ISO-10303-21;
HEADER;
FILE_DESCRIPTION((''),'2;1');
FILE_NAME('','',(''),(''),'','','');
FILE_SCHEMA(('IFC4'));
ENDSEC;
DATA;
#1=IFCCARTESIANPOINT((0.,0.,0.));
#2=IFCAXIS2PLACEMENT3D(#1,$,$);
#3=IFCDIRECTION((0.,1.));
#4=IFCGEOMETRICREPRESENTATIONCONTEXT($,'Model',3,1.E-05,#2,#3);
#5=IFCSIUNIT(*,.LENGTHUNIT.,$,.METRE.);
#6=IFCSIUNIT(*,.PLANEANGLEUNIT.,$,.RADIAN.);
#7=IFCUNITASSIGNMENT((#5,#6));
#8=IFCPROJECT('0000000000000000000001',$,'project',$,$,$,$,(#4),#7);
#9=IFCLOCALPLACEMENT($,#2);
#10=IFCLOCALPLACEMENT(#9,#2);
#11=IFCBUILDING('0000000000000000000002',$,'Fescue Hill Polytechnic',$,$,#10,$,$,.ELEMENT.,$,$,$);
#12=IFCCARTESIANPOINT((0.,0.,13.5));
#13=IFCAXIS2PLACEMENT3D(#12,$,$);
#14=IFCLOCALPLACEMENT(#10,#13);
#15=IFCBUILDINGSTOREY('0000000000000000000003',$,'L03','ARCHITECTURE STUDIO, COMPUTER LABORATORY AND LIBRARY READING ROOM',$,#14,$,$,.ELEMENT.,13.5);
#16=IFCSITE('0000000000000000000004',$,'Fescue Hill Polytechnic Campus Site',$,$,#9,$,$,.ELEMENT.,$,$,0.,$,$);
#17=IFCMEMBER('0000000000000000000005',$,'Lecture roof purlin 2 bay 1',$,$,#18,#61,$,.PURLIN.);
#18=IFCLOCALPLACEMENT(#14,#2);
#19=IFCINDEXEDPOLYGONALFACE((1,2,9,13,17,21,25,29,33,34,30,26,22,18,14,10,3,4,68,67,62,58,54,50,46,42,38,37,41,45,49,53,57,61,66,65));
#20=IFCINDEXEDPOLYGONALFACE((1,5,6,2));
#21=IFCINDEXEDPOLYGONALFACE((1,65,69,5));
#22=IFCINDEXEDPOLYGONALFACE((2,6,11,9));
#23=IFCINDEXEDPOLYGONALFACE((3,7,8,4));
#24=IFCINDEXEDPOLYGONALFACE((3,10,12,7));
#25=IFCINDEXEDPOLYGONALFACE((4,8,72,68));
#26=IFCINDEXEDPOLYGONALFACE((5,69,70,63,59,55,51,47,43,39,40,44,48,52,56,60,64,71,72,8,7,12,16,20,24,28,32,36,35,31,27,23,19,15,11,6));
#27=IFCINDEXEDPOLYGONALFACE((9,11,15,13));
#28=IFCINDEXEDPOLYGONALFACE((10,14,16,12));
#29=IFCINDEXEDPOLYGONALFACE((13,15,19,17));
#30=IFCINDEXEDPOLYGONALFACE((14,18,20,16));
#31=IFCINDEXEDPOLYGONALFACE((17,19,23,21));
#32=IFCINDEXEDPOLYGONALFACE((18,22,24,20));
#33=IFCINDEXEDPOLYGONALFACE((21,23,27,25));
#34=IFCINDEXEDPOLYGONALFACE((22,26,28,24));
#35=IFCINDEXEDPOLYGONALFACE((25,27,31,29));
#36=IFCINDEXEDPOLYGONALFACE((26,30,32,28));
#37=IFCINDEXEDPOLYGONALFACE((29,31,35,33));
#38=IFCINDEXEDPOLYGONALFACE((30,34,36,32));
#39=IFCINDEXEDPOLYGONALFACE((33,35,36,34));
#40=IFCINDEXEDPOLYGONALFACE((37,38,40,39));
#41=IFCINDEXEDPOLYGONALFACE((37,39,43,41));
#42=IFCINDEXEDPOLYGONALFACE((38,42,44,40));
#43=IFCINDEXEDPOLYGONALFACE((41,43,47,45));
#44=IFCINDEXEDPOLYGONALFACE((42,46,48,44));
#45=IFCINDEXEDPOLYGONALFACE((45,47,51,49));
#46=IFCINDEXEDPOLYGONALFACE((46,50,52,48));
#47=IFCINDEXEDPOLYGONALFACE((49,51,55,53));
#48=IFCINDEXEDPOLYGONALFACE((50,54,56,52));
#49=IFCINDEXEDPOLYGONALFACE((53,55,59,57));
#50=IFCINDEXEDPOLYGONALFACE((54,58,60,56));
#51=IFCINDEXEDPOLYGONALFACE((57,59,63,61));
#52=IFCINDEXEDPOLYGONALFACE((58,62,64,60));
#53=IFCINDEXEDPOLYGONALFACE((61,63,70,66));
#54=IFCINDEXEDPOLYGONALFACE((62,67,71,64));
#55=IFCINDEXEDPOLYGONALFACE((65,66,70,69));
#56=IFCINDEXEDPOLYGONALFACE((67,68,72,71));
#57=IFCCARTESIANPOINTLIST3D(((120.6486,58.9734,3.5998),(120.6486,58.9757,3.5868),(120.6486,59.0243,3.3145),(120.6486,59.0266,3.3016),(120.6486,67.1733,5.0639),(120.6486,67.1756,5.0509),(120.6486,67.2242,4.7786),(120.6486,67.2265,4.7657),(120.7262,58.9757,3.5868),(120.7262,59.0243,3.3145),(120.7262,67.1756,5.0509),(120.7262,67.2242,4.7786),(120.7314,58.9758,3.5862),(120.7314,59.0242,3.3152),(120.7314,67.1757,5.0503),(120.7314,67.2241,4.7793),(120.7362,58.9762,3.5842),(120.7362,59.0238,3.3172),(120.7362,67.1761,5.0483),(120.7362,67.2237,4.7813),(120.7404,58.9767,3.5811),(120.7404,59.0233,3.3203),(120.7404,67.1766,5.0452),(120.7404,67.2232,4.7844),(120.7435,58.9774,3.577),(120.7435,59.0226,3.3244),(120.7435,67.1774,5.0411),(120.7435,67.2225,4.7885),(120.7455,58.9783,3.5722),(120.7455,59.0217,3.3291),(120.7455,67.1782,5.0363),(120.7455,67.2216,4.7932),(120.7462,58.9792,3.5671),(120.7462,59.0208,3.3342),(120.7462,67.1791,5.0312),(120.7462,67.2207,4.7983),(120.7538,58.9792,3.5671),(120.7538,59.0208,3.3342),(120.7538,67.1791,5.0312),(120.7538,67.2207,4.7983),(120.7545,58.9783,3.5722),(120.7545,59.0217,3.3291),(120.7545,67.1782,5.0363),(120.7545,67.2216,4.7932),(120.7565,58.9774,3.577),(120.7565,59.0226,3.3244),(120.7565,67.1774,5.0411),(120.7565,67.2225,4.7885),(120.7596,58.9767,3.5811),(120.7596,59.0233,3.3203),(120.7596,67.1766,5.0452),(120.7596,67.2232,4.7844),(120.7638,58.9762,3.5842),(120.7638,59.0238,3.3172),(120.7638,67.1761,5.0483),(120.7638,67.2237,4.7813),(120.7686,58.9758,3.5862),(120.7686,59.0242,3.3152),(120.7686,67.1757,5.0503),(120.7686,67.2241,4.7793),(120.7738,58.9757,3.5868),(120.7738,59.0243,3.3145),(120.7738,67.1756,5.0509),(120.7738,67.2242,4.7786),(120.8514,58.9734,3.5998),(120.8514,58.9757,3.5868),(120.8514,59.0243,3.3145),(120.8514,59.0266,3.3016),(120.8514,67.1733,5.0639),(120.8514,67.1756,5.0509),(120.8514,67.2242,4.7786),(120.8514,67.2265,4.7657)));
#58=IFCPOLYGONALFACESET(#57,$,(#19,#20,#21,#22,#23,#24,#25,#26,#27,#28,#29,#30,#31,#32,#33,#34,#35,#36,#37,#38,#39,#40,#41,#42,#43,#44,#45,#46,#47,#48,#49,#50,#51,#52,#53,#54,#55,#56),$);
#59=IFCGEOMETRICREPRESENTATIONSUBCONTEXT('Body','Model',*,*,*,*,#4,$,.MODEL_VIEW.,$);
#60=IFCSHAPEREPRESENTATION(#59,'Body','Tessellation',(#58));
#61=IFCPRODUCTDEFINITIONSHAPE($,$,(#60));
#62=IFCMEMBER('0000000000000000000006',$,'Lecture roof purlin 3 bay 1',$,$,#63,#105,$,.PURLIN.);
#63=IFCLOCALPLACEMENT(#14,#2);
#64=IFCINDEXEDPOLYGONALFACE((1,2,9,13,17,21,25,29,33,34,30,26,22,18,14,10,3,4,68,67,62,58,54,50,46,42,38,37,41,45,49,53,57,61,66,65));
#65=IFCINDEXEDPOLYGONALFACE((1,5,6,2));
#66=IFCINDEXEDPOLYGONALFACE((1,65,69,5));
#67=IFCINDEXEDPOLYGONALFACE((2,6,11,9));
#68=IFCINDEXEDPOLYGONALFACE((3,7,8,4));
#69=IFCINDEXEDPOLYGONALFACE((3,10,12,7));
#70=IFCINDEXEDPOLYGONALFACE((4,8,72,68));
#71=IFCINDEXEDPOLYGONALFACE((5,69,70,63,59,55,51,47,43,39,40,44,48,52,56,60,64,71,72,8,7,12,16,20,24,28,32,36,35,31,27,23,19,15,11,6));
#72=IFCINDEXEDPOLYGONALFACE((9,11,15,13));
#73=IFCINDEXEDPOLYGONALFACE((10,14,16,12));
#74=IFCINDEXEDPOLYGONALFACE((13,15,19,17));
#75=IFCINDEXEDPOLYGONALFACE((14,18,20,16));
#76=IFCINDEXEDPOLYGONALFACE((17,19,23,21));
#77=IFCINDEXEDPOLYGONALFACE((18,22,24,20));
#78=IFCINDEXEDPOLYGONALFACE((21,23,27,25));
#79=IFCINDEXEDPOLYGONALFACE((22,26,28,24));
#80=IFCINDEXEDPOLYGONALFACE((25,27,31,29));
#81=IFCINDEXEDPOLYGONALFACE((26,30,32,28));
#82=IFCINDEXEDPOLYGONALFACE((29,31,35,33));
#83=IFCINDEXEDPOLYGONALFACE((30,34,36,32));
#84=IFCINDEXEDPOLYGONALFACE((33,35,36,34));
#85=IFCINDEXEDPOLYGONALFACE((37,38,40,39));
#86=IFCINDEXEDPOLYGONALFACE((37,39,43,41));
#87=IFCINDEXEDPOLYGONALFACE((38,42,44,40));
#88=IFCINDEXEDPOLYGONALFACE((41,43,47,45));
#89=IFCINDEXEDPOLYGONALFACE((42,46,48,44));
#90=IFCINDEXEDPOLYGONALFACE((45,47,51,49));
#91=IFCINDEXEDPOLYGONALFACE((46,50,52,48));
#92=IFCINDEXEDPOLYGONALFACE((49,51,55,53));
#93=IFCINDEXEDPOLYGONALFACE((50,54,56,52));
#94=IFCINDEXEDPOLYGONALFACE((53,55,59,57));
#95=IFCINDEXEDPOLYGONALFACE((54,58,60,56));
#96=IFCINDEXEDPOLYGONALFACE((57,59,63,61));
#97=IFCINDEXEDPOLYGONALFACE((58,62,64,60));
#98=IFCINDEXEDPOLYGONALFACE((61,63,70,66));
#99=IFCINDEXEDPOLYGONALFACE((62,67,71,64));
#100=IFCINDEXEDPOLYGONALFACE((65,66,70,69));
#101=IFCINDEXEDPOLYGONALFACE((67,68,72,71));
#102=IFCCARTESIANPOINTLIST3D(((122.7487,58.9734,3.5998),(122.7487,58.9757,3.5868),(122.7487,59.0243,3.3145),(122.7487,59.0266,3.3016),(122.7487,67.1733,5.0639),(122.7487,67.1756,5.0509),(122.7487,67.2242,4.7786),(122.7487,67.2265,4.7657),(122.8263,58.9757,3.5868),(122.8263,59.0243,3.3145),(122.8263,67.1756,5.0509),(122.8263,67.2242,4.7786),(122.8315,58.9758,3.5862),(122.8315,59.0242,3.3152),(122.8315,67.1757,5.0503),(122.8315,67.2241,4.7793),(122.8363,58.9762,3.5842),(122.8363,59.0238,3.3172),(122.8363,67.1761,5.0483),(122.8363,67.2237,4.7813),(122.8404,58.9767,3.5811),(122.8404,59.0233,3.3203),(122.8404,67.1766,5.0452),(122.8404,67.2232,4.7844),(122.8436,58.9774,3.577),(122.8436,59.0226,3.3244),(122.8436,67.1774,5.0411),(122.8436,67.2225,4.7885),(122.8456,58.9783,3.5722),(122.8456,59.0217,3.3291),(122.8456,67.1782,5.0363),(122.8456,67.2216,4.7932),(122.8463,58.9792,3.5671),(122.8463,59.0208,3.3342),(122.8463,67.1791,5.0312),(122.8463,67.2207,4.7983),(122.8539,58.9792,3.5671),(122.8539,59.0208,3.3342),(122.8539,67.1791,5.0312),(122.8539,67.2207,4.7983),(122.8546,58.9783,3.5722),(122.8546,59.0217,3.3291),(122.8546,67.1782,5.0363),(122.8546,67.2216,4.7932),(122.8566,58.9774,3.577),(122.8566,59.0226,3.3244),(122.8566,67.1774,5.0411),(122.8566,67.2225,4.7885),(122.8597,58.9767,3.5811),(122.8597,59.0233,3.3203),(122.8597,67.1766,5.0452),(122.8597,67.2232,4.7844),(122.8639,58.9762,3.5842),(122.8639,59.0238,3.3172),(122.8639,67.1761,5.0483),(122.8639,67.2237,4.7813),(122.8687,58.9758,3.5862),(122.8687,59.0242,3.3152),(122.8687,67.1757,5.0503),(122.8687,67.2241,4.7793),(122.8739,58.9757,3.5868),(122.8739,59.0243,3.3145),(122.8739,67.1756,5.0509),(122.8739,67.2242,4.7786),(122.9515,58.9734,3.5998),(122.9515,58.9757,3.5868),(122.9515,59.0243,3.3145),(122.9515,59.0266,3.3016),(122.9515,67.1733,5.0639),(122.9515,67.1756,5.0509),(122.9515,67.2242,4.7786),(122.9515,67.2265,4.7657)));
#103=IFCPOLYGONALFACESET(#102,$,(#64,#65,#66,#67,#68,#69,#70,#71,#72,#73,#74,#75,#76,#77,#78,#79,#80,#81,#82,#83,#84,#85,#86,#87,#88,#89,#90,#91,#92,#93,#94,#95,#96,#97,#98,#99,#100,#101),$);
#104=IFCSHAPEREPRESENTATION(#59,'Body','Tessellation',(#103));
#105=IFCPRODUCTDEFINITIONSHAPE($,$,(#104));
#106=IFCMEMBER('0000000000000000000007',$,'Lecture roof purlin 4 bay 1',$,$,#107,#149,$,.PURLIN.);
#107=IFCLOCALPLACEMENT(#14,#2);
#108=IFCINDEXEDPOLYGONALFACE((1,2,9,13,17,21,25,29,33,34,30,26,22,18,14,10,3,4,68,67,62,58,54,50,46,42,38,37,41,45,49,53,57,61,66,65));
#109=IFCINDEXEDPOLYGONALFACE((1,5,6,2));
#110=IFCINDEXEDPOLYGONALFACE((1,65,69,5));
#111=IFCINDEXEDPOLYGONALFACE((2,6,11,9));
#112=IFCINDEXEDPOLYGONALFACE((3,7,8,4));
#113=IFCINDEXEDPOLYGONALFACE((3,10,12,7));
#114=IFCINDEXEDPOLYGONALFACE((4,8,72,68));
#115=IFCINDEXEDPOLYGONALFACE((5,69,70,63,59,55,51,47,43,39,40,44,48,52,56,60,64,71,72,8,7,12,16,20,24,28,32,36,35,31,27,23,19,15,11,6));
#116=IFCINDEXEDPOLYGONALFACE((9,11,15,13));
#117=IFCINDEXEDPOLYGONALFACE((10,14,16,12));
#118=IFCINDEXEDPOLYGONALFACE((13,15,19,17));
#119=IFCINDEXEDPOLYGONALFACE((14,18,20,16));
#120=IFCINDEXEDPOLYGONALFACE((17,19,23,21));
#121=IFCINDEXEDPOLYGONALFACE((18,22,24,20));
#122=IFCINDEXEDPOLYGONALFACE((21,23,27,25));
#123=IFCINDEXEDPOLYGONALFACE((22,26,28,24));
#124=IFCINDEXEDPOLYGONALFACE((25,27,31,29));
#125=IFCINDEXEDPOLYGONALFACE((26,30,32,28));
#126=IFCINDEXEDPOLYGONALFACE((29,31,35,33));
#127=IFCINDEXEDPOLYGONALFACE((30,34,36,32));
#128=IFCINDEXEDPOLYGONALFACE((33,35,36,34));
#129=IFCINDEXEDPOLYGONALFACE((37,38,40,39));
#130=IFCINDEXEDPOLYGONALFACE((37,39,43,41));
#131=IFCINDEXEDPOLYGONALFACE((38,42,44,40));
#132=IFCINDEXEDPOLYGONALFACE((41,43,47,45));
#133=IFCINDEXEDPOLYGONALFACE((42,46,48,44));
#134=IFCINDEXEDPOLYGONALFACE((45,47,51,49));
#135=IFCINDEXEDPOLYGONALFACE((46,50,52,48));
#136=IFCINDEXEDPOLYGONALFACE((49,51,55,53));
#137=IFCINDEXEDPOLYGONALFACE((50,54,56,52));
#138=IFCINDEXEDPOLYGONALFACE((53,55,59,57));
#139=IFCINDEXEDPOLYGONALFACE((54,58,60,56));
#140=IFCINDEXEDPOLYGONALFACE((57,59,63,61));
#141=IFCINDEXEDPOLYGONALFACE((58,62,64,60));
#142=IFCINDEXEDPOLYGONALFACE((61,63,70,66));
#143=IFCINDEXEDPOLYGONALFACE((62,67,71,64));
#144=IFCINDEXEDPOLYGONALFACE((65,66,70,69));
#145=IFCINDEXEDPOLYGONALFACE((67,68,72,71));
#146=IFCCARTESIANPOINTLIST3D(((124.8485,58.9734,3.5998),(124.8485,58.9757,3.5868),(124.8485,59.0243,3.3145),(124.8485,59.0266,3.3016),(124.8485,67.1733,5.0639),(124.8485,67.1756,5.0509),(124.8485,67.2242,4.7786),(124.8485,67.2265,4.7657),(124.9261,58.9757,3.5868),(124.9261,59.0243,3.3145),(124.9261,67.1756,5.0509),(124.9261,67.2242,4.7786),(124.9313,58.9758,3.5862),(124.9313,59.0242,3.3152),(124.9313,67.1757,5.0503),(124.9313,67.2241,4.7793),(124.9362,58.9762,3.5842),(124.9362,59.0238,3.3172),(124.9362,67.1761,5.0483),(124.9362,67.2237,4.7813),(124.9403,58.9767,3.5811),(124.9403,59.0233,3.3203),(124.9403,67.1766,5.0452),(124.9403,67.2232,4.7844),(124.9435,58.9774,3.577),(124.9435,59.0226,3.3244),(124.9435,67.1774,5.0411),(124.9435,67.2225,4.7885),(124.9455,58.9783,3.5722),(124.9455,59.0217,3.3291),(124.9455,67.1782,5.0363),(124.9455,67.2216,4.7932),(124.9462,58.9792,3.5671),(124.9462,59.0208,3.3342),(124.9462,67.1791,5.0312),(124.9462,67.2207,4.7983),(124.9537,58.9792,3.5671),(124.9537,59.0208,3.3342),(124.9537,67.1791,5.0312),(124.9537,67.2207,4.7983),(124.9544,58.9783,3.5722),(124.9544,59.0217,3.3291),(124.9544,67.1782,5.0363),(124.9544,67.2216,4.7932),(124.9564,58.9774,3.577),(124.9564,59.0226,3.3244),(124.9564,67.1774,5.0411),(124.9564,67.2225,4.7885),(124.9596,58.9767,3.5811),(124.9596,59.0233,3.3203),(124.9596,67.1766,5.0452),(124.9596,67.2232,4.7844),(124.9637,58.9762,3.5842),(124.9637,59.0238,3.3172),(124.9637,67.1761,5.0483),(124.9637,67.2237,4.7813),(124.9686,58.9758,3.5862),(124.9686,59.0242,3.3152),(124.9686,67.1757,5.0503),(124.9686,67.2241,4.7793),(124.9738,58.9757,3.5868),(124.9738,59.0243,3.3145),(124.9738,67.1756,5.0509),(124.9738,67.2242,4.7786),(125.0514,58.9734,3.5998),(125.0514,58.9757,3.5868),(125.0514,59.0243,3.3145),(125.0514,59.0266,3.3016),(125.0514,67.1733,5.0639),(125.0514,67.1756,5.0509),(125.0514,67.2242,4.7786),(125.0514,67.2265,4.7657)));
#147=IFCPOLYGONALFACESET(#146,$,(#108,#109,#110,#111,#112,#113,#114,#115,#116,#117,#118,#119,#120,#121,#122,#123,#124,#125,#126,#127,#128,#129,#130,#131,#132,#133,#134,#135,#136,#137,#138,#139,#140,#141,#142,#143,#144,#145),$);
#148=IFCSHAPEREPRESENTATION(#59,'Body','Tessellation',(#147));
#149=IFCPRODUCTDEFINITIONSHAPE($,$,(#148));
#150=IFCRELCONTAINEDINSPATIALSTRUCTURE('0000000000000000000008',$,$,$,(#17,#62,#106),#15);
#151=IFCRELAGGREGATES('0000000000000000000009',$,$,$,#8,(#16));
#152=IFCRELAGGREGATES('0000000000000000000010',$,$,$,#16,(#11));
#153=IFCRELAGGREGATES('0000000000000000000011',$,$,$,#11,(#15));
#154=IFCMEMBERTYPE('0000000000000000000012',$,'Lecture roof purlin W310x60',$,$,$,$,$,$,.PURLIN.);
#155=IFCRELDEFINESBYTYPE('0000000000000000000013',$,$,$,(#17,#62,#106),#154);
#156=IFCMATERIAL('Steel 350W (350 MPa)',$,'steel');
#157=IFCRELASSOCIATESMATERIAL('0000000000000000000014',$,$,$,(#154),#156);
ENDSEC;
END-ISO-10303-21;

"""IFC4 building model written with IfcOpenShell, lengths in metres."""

from ifc_helpers import new_model, si_unit, direction, frame, origin, origin_2d, place, context, subcontext, project, spatial, i_section, extrude, material, material_profile, profile_set, type_object, element, save


model = new_model("IFC4")

# Units and contexts
model_context = context("Model", 3, precision=1e-05, world=origin(), true_north=direction((0.0, 1.0)))
body_context = subcontext(model_context, "Body", "Model", "MODEL_VIEW")
ifc_project = project(units=[si_unit("LENGTHUNIT", "METRE"), si_unit("PLANEANGLEUNIT", "RADIAN")], contexts=[model_context])

# Site, building, storey
site_placement = place(None, origin())
site = spatial("IfcSite", under=ifc_project, at=site_placement, Name="Fescue Hill Polytechnic Campus Site", CompositionType="ELEMENT", RefElevation=0.0)
building_placement = place(site_placement, origin())
building = spatial("IfcBuilding", under=site, at=building_placement, Name="Fescue Hill Polytechnic", CompositionType="ELEMENT")
storey_placement = place(building_placement, frame((0.0, 0.0, 13.5)))
storey = spatial("IfcBuildingStorey", under=building, at=storey_placement, Name="L03", Description="ARCHITECTURE STUDIO, COMPUTER LABORATORY AND LIBRARY READING ROOM", CompositionType="ELEMENT", Elevation=13.5)

# Shared definitions
ifc_material_1 = material(Name="Steel 350W (350 MPa)", Category="steel")

# Members
ifc_material_profile_1 = material_profile(ifc_material_1, i_section(OverallWidth=0.2029, OverallDepth=0.303, WebThickness=0.0076, FlangeThickness=0.0132, FilletRadius=0.02, at=origin_2d()), Name="W310x60")
ifc_profile_set_1 = profile_set([ifc_material_profile_1], Name="Steel 350W (350 MPa)")
member_type_1 = type_object("IfcMemberType", Name="Lecture roof purlin W310x60", PredefinedType="PURLIN", material=ifc_profile_set_1)
for number, where, z_axis, x_axis, name in (
    (1, (120.75, 59.0, 3.4507), (0.0, 0.984431, 0.175771), (-1.0, 0.0, 0.0), "Lecture roof purlin 2 bay 1"),
    (2, (122.8501, 59.0, 3.4507), (0.0, 0.984431, 0.175771), (-1.0, 0.0, 0.0), "Lecture roof purlin 3 bay 1"),
    (3, (124.95, 59.0, 3.4507), (0.0, 0.984431, 0.175771), (-1.0, 0.0, 0.0), "Lecture roof purlin 4 bay 1"),
):
    element("IfcMember", number, at=place(storey_placement, frame(where, z_axis=z_axis, x_axis=x_axis)), inside=storey, type_object=member_type_1, Name=name, PredefinedType="PURLIN", context=body_context, shape_type="SweptSolid", body=[
        extrude(i_section(OverallWidth=0.2029, OverallDepth=0.303, WebThickness=0.0076, FlangeThickness=0.0132, FilletRadius=0.02, at=origin_2d()), origin(), (0.0, 0.0, 1.0), 8.3296),
    ])

save(model, "model.ifc")
